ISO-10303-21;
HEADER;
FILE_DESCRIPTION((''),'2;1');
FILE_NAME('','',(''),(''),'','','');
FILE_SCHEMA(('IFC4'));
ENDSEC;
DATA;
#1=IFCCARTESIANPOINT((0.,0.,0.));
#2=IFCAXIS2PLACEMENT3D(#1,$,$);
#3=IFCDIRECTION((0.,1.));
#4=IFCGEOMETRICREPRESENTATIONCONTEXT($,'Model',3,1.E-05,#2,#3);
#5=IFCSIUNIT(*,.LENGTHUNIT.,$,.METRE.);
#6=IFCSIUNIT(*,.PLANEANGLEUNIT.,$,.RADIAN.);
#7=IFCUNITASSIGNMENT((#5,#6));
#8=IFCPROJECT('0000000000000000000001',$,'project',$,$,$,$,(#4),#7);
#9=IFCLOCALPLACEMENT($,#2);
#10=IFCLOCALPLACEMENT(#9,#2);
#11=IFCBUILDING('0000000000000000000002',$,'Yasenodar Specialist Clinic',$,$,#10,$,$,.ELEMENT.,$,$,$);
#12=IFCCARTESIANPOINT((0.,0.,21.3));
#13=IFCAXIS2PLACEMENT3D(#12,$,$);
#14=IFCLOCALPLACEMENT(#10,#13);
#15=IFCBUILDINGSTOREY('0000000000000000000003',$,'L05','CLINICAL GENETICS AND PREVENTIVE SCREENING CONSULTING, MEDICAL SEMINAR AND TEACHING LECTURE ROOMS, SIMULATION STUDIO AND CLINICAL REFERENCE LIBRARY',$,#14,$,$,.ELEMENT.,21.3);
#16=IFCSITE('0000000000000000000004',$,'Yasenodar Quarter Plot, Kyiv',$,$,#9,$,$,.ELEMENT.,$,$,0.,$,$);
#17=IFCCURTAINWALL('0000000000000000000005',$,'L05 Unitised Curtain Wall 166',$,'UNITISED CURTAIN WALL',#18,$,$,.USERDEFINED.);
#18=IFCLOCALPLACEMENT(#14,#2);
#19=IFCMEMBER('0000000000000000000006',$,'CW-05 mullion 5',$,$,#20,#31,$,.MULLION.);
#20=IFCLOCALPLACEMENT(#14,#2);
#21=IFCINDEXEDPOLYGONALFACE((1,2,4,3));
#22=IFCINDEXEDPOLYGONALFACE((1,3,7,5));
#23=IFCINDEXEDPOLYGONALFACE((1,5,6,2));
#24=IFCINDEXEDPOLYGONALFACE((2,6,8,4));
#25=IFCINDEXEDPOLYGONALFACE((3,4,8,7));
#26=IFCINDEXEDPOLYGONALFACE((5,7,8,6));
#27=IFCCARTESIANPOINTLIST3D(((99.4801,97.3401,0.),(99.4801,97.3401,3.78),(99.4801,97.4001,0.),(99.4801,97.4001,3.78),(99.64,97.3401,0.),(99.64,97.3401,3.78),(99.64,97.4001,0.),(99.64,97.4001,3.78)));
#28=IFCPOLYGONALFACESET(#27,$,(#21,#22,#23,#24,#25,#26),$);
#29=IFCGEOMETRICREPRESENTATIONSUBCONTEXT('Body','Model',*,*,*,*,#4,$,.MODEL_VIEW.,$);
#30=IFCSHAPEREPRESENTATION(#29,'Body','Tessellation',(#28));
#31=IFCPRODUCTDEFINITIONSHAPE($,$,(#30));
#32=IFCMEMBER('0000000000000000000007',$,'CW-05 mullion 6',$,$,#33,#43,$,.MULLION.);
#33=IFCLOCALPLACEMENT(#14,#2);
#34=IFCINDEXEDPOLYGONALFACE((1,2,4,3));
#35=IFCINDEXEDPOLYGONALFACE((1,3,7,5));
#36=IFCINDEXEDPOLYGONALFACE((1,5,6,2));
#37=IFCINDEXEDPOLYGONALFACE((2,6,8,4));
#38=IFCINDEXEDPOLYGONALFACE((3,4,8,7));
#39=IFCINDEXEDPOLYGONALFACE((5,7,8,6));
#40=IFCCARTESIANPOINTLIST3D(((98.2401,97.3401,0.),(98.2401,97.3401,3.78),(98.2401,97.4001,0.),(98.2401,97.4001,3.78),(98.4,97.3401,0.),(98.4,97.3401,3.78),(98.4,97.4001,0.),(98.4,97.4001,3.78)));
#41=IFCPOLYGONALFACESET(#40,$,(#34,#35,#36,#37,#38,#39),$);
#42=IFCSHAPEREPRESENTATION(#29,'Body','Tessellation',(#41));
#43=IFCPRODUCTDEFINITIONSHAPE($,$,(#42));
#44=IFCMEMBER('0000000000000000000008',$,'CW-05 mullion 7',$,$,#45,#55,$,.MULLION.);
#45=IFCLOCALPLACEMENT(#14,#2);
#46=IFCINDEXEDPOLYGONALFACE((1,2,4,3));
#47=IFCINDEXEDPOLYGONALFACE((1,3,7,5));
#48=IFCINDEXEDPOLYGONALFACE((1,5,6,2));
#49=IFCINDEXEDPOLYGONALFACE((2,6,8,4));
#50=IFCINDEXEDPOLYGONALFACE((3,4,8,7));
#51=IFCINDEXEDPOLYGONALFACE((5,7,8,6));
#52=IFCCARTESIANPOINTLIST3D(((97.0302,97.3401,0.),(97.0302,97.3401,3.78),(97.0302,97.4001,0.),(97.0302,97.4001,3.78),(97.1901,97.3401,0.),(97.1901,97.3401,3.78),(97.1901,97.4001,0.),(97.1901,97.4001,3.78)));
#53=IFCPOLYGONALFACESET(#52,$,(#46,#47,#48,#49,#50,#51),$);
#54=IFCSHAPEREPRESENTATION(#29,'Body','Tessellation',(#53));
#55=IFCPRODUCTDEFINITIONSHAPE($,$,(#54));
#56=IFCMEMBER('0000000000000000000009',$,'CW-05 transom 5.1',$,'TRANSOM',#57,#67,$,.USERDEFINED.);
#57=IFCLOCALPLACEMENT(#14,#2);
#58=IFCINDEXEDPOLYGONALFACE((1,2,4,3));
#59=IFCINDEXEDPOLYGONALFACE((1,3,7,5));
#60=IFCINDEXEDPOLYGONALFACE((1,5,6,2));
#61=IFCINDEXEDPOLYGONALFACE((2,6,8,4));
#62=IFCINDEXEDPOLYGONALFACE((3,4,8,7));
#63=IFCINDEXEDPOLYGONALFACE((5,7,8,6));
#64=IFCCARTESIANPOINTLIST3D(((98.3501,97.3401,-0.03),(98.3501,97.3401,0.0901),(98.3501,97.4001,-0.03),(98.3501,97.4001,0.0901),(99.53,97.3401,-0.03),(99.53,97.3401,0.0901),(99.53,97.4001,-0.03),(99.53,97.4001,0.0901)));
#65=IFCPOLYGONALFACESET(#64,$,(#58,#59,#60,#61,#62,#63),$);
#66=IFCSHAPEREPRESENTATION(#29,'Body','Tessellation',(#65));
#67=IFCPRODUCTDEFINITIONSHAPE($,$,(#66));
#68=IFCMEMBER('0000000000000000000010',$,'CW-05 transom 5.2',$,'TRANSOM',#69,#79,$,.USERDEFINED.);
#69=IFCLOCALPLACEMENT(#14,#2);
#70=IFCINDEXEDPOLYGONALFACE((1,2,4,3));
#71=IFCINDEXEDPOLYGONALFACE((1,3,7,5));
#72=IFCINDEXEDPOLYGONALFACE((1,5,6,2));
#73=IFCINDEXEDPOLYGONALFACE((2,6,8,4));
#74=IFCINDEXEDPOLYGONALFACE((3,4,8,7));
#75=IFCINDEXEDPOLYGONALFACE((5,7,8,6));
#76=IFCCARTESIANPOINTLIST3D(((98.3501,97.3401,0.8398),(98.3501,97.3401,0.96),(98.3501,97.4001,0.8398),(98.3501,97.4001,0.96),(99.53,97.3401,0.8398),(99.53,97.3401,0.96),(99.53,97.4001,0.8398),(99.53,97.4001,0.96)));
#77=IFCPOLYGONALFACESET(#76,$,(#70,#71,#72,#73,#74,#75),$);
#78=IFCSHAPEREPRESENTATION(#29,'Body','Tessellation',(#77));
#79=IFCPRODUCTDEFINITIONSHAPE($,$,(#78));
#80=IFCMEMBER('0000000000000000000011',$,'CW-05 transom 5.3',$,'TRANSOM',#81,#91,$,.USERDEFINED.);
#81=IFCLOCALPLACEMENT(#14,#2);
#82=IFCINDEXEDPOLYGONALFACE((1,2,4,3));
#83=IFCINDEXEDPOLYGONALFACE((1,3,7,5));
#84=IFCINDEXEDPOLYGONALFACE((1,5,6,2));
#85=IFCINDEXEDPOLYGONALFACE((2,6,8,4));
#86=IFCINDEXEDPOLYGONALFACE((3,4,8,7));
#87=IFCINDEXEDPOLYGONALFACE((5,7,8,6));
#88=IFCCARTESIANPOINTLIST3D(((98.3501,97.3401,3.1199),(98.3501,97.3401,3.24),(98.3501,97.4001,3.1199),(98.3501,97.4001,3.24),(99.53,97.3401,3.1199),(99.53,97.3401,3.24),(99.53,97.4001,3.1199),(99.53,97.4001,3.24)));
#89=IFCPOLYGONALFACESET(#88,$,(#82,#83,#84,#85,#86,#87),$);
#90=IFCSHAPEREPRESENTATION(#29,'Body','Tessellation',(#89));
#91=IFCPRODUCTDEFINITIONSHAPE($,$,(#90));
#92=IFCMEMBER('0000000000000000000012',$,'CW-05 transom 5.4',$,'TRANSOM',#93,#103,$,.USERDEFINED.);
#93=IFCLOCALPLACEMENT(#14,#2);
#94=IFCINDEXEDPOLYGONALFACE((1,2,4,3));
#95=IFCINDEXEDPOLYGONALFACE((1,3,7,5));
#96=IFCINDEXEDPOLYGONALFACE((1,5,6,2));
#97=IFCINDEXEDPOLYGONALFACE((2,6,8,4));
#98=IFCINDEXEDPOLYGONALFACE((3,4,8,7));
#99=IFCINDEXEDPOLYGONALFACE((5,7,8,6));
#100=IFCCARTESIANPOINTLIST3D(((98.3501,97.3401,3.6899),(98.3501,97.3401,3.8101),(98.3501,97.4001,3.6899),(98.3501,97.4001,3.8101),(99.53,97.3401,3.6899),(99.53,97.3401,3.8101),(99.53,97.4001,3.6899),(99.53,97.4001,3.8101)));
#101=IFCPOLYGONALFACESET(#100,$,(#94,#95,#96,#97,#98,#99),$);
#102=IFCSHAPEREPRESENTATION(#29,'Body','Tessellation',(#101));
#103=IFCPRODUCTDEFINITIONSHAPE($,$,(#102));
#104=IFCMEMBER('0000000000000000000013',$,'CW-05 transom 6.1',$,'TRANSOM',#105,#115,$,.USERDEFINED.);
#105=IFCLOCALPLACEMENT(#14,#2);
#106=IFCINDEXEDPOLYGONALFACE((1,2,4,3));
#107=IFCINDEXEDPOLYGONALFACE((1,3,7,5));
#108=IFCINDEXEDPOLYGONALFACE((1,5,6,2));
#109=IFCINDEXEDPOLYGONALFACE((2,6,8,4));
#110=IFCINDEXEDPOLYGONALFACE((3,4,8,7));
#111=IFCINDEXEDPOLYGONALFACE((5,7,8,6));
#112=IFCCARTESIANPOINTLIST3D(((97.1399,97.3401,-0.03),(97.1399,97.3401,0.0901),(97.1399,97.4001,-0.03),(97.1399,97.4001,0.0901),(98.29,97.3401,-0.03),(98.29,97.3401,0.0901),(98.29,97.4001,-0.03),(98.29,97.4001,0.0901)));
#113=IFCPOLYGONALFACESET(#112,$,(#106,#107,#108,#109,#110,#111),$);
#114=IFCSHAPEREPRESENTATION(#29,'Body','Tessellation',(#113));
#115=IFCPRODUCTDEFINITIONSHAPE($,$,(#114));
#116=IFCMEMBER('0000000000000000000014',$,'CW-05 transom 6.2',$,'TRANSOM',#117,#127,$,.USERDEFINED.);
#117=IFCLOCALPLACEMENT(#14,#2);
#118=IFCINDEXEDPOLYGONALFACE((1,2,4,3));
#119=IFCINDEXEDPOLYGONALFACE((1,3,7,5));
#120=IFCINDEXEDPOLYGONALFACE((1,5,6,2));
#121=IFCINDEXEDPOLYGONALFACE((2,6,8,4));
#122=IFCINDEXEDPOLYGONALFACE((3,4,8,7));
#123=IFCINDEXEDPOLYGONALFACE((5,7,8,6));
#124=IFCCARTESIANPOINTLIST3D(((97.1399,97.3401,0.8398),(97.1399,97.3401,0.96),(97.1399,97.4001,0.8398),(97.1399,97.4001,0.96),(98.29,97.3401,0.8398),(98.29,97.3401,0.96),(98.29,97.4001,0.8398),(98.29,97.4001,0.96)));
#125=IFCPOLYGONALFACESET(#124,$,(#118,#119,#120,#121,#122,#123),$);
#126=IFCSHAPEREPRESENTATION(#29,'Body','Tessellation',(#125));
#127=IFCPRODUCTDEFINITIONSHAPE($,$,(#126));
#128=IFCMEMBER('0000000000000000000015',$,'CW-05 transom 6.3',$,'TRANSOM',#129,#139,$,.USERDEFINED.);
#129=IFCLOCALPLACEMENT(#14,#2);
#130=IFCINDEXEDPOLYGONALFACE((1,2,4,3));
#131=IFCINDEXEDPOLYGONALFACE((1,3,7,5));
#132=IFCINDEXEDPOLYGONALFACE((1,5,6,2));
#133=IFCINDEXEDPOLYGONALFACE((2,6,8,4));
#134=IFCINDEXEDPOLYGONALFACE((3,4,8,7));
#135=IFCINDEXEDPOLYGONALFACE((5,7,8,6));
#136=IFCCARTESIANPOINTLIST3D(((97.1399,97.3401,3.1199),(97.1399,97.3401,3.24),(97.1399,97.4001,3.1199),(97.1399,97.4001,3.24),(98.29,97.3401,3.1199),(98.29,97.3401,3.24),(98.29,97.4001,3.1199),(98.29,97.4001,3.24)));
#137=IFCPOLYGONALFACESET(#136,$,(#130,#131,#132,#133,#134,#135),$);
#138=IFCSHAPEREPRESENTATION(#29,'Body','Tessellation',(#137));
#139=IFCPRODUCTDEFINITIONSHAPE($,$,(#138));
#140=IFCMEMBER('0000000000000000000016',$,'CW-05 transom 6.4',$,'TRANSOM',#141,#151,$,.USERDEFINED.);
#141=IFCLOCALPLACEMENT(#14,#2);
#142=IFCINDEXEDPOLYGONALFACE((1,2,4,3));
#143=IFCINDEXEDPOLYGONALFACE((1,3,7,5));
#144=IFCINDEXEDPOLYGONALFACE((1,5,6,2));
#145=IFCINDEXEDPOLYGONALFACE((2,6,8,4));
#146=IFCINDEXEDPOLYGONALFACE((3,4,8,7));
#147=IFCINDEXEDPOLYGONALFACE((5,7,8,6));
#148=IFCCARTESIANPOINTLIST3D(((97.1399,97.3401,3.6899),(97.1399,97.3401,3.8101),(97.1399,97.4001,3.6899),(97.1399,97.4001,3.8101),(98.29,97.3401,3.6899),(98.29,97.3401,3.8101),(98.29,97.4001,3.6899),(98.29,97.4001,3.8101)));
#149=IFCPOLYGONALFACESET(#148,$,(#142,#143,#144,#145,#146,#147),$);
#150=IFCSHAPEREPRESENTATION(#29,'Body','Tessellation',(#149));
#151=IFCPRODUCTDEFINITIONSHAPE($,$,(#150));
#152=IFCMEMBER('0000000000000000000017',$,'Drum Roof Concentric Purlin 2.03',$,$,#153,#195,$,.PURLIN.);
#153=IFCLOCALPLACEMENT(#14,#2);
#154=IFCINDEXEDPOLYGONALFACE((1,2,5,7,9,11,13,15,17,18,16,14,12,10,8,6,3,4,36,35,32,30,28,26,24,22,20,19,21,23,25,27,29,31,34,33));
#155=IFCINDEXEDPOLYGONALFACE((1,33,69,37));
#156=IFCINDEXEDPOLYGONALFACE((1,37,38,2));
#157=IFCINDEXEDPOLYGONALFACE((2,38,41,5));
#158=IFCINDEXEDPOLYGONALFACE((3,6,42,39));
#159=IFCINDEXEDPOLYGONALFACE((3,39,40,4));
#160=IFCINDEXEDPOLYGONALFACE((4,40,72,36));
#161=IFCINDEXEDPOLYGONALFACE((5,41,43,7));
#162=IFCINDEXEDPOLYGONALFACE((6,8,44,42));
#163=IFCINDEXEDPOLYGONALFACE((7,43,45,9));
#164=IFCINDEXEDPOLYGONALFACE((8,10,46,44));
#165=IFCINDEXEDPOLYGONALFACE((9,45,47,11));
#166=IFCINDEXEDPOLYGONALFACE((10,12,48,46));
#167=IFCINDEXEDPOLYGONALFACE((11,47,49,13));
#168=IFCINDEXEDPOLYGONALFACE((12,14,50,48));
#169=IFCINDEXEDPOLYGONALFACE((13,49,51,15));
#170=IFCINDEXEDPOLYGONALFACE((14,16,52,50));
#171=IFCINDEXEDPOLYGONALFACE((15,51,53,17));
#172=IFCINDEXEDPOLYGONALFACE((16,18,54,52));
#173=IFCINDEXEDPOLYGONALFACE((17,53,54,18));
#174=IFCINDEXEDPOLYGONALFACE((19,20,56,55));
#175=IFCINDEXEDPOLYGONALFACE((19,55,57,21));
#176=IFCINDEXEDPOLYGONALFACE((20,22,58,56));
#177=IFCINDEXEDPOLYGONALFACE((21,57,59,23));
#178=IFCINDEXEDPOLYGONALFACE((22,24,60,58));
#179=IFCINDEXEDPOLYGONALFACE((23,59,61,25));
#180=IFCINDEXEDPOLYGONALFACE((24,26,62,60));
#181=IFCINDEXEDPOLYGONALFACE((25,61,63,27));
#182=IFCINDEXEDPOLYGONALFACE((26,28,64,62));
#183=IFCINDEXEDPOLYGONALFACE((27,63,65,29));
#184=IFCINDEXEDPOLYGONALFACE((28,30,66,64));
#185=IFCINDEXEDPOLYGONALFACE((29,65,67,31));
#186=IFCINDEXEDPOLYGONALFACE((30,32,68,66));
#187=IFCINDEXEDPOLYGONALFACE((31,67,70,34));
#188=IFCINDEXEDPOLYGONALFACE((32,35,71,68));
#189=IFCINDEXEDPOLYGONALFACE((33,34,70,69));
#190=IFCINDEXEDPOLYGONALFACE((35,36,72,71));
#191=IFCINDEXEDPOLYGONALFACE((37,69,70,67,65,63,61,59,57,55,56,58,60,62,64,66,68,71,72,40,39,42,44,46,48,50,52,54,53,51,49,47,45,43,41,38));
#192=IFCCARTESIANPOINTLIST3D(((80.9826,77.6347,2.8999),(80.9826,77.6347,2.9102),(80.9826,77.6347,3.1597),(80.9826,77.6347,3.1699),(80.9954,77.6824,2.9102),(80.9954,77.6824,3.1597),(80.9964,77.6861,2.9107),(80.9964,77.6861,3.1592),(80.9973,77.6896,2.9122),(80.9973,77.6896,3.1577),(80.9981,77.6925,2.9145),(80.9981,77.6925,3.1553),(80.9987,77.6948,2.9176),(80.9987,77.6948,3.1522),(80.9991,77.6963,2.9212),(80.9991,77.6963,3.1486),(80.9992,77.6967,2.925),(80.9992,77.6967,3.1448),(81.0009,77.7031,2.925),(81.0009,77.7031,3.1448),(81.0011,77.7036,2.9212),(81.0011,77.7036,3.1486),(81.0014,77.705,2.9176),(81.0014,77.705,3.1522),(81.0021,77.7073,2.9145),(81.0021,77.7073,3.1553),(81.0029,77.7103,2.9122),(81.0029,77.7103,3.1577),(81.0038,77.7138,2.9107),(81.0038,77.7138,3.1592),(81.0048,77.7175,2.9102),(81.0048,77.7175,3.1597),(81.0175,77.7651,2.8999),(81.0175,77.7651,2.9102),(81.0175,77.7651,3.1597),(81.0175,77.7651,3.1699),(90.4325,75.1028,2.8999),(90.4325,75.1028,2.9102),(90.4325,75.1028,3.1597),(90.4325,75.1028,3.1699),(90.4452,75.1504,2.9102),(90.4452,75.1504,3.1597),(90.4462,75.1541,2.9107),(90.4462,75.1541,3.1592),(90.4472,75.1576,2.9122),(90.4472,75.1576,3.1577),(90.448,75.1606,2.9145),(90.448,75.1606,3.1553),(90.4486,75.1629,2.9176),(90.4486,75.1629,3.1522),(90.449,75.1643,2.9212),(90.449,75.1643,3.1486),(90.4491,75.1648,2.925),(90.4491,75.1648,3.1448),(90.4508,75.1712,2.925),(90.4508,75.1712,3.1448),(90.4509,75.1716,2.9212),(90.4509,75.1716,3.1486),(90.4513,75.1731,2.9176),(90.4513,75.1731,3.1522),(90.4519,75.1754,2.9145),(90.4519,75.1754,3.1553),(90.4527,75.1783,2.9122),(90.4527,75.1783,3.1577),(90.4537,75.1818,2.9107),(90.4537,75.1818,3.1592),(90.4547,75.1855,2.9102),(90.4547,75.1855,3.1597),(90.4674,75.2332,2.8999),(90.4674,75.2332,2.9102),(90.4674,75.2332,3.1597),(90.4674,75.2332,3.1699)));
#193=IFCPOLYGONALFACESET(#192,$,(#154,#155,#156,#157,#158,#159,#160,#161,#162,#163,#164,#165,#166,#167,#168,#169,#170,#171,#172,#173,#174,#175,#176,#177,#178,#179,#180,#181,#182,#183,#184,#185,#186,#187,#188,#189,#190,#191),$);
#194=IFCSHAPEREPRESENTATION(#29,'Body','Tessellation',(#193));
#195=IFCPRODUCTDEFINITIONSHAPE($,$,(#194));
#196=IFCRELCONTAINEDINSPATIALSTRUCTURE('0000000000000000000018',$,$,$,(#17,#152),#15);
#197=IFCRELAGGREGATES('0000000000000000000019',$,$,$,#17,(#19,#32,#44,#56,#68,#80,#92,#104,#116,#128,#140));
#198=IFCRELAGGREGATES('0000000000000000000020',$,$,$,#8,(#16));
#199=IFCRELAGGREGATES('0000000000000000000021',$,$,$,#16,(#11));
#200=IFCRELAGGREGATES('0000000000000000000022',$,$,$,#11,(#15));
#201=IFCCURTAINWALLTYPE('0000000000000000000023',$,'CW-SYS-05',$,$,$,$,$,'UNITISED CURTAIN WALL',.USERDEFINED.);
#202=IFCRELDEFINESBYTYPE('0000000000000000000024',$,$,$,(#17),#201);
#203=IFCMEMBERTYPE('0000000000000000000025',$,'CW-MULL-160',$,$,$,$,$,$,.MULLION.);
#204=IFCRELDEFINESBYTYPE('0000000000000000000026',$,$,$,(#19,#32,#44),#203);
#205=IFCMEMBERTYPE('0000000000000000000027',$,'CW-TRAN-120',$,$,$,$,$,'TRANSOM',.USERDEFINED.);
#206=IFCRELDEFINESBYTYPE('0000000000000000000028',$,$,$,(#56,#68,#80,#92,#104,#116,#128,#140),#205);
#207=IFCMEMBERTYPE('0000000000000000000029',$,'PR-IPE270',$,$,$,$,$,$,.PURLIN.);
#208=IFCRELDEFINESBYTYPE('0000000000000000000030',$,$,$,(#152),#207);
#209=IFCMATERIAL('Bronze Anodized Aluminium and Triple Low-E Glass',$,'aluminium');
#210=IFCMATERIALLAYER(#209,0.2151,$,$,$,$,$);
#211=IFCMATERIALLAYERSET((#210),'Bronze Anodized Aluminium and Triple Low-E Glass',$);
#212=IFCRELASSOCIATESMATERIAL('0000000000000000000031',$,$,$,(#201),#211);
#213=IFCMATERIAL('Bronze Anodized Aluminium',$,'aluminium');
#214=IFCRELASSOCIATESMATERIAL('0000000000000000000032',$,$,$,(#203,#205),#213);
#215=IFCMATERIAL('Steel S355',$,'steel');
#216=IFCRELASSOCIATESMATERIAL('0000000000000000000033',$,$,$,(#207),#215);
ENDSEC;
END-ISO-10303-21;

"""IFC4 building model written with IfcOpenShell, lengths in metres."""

from ifc_helpers import new_model, si_unit, direction, frame, origin, origin_2d, place, context, subcontext, project, spatial, rectangle, i_section, extrude, material, layer, layer_set, material_profile, profile_set, type_object, element, aggregate, save


model = new_model("IFC4")

# Units and contexts
model_context = context("Model", 3, precision=1e-05, world=origin(), true_north=direction((0.0, 1.0)))
body_context = subcontext(model_context, "Body", "Model", "MODEL_VIEW")
ifc_project = project(units=[si_unit("LENGTHUNIT", "METRE"), si_unit("PLANEANGLEUNIT", "RADIAN")], contexts=[model_context])

# Site, building, storey
site_placement = place(None, origin())
site = spatial("IfcSite", under=ifc_project, at=site_placement, Name="Yasenodar Quarter Plot, Kyiv", CompositionType="ELEMENT", RefElevation=0.0)
building_placement = place(site_placement, origin())
building = spatial("IfcBuilding", under=site, at=building_placement, Name="Yasenodar Specialist Clinic", CompositionType="ELEMENT")
storey_placement = place(building_placement, frame((0.0, 0.0, 21.3)))
storey = spatial("IfcBuildingStorey", under=building, at=storey_placement, Name="L05", Description="CLINICAL GENETICS AND PREVENTIVE SCREENING CONSULTING, MEDICAL SEMINAR AND TEACHING LECTURE ROOMS, SIMULATION STUDIO AND CLINICAL REFERENCE LIBRARY", CompositionType="ELEMENT", Elevation=21.3)

# Curtain wall, members
ifc_material_1 = material(Name="Bronze Anodized Aluminium and Triple Low-E Glass", Category="aluminium")
ifc_layer_1 = layer(ifc_material_1, 0.2151)
ifc_layer_set_1 = layer_set([ifc_layer_1], Name="Bronze Anodized Aluminium and Triple Low-E Glass")
curtain_wall_type = type_object("IfcCurtainWallType", Name="CW-SYS-05", ElementType="UNITISED CURTAIN WALL", PredefinedType="USERDEFINED", material=ifc_layer_set_1)
curtain_wall_placement = place(storey_placement, origin())
curtain_wall = element("IfcCurtainWall", 1, at=curtain_wall_placement, inside=storey, type_object=curtain_wall_type, Name="L05 Unitised Curtain Wall 166", ObjectType="UNITISED CURTAIN WALL", PredefinedType="USERDEFINED")
ifc_material_2 = material(Name="Bronze Anodized Aluminium", Category="aluminium")
ifc_material_profile_1 = material_profile(ifc_material_2, rectangle(XDim=0.0601, YDim=0.1599, at=origin_2d()), Name="CW-MULL 60x160")
ifc_profile_set_1 = profile_set([ifc_material_profile_1], Name="Bronze Anodized Aluminium")
member_type_1 = type_object("IfcMemberType", Name="CW-MULL-160", PredefinedType="MULLION", material=ifc_profile_set_1)
member_1_placement = place(storey_placement, frame((99.5601, 97.3701, 0.0), z_axis=(0.0, 0.0, 1.0), x_axis=(0.0, -1.0, 0.0)))
member_1 = element("IfcMember", 2, at=member_1_placement, type_object=member_type_1, Name="CW-05 mullion 5", PredefinedType="MULLION", context=body_context, shape_type="SweptSolid", body=[
    extrude(rectangle(XDim=0.0601, YDim=0.1599, at=origin_2d()), origin(), (0.0, 0.0, 1.0), 3.78),
])
member_2_placement = place(storey_placement, frame((98.3201, 97.3701, 0.0), z_axis=(0.0, 0.0, 1.0), x_axis=(0.0, -1.0, 0.0)))
member_2 = element("IfcMember", 3, at=member_2_placement, type_object=member_type_1, Name="CW-05 mullion 6", PredefinedType="MULLION", context=body_context, shape_type="SweptSolid", body=[
    extrude(rectangle(XDim=0.0601, YDim=0.1599, at=origin_2d()), origin(), (0.0, 0.0, 1.0), 3.78),
])
member_3_placement = place(storey_placement, frame((97.1101, 97.3701, 0.0), z_axis=(0.0, 0.0, 1.0), x_axis=(0.0, -1.0, 0.0)))
member_3 = element("IfcMember", 4, at=member_3_placement, type_object=member_type_1, Name="CW-05 mullion 7", PredefinedType="MULLION", context=body_context, shape_type="SweptSolid", body=[
    extrude(rectangle(XDim=0.0601, YDim=0.1599, at=origin_2d()), origin(), (0.0, 0.0, 1.0), 3.78),
])
ifc_material_profile_2 = material_profile(ifc_material_2, rectangle(XDim=0.0601, YDim=0.1201, at=origin_2d()), Name="CW-TRAN 60x120")
ifc_profile_set_2 = profile_set([ifc_material_profile_2], Name="Bronze Anodized Aluminium")
member_type_2 = type_object("IfcMemberType", Name="CW-TRAN-120", ElementType="TRANSOM", PredefinedType="USERDEFINED", material=ifc_profile_set_2)
member_4_placement = place(storey_placement, frame((99.53, 97.3701, 0.03), z_axis=(-1.0, 0.0, 0.0), x_axis=(0.0, -1.0, 0.0)))
member_4 = element("IfcMember", 5, at=member_4_placement, type_object=member_type_2, Name="CW-05 transom 5.1", ObjectType="TRANSOM", PredefinedType="USERDEFINED", context=body_context, shape_type="SweptSolid", body=[
    extrude(rectangle(XDim=0.0601, YDim=0.1201, at=origin_2d()), origin(), (0.0, 0.0, 1.0), 1.1799),
])
member_5_placement = place(storey_placement, frame((99.53, 97.3701, 0.8999), z_axis=(-1.0, 0.0, 0.0), x_axis=(0.0, -1.0, 0.0)))
member_5 = element("IfcMember", 6, at=member_5_placement, type_object=member_type_2, Name="CW-05 transom 5.2", ObjectType="TRANSOM", PredefinedType="USERDEFINED", context=body_context, shape_type="SweptSolid", body=[
    extrude(rectangle(XDim=0.0601, YDim=0.1201, at=origin_2d()), origin(), (0.0, 0.0, 1.0), 1.1799),
])
member_6_placement = place(storey_placement, frame((99.53, 97.3701, 3.1799), z_axis=(-1.0, 0.0, 0.0), x_axis=(0.0, -1.0, 0.0)))
member_6 = element("IfcMember", 7, at=member_6_placement, type_object=member_type_2, Name="CW-05 transom 5.3", ObjectType="TRANSOM", PredefinedType="USERDEFINED", context=body_context, shape_type="SweptSolid", body=[
    extrude(rectangle(XDim=0.0601, YDim=0.1201, at=origin_2d()), origin(), (0.0, 0.0, 1.0), 1.1799),
])
member_7_placement = place(storey_placement, frame((99.53, 97.3701, 3.75), z_axis=(-1.0, 0.0, 0.0), x_axis=(0.0, -1.0, 0.0)))
member_7 = element("IfcMember", 8, at=member_7_placement, type_object=member_type_2, Name="CW-05 transom 5.4", ObjectType="TRANSOM", PredefinedType="USERDEFINED", context=body_context, shape_type="SweptSolid", body=[
    extrude(rectangle(XDim=0.0601, YDim=0.1201, at=origin_2d()), origin(), (0.0, 0.0, 1.0), 1.1799),
])
member_8_placement = place(storey_placement, frame((98.29, 97.3701, 0.03), z_axis=(-1.0, 0.0, 0.0), x_axis=(0.0, -1.0, 0.0)))
member_8 = element("IfcMember", 9, at=member_8_placement, type_object=member_type_2, Name="CW-05 transom 6.1", ObjectType="TRANSOM", PredefinedType="USERDEFINED", context=body_context, shape_type="SweptSolid", body=[
    extrude(rectangle(XDim=0.0601, YDim=0.1201, at=origin_2d()), origin(), (0.0, 0.0, 1.0), 1.1501),
])
member_9_placement = place(storey_placement, frame((98.29, 97.3701, 0.8999), z_axis=(-1.0, 0.0, 0.0), x_axis=(0.0, -1.0, 0.0)))
member_9 = element("IfcMember", 10, at=member_9_placement, type_object=member_type_2, Name="CW-05 transom 6.2", ObjectType="TRANSOM", PredefinedType="USERDEFINED", context=body_context, shape_type="SweptSolid", body=[
    extrude(rectangle(XDim=0.0601, YDim=0.1201, at=origin_2d()), origin(), (0.0, 0.0, 1.0), 1.1501),
])
member_10_placement = place(storey_placement, frame((98.29, 97.3701, 3.1799), z_axis=(-1.0, 0.0, 0.0), x_axis=(0.0, -1.0, 0.0)))
member_10 = element("IfcMember", 11, at=member_10_placement, type_object=member_type_2, Name="CW-05 transom 6.3", ObjectType="TRANSOM", PredefinedType="USERDEFINED", context=body_context, shape_type="SweptSolid", body=[
    extrude(rectangle(XDim=0.0601, YDim=0.1201, at=origin_2d()), origin(), (0.0, 0.0, 1.0), 1.1501),
])
member_11_placement = place(storey_placement, frame((98.29, 97.3701, 3.75), z_axis=(-1.0, 0.0, 0.0), x_axis=(0.0, -1.0, 0.0)))
member_11 = element("IfcMember", 12, at=member_11_placement, type_object=member_type_2, Name="CW-05 transom 6.4", ObjectType="TRANSOM", PredefinedType="USERDEFINED", context=body_context, shape_type="SweptSolid", body=[
    extrude(rectangle(XDim=0.0601, YDim=0.1201, at=origin_2d()), origin(), (0.0, 0.0, 1.0), 1.1501),
])

# Member
ifc_material_3 = material(Name="Steel S355", Category="steel")
ifc_material_profile_3 = material_profile(ifc_material_3, i_section(OverallWidth=0.135, OverallDepth=0.27, WebThickness=0.0066, FlangeThickness=0.0103, FilletRadius=0.0149, at=origin_2d()), Name="IPE 270")
ifc_profile_set_3 = profile_set([ifc_material_profile_3], Name="Steel S355")
member_type_3 = type_object("IfcMemberType", Name="PR-IPE270", PredefinedType="PURLIN", material=ifc_profile_set_3)
member_12_placement = place(storey_placement, frame((90.45, 75.168, 3.0349), z_axis=(-0.965929, 0.258807, 0.0), x_axis=(-0.258807, -0.965929, 0.0)))
element("IfcMember", 13, at=member_12_placement, inside=storey, type_object=member_type_3, Name="Drum Roof Concentric Purlin 2.03", PredefinedType="PURLIN", context=body_context, shape_type="SweptSolid", body=[
    extrude(i_section(OverallWidth=0.135, OverallDepth=0.27, WebThickness=0.0066, FlangeThickness=0.0103, FilletRadius=0.0149, at=origin_2d()), origin(), (0.0, 0.0, 1.0), 9.7832),
])

aggregate(curtain_wall, [member_1, member_2, member_3, member_4, member_5, member_6, member_7, member_8, member_9, member_10, member_11])

save(model, "model.ifc")
